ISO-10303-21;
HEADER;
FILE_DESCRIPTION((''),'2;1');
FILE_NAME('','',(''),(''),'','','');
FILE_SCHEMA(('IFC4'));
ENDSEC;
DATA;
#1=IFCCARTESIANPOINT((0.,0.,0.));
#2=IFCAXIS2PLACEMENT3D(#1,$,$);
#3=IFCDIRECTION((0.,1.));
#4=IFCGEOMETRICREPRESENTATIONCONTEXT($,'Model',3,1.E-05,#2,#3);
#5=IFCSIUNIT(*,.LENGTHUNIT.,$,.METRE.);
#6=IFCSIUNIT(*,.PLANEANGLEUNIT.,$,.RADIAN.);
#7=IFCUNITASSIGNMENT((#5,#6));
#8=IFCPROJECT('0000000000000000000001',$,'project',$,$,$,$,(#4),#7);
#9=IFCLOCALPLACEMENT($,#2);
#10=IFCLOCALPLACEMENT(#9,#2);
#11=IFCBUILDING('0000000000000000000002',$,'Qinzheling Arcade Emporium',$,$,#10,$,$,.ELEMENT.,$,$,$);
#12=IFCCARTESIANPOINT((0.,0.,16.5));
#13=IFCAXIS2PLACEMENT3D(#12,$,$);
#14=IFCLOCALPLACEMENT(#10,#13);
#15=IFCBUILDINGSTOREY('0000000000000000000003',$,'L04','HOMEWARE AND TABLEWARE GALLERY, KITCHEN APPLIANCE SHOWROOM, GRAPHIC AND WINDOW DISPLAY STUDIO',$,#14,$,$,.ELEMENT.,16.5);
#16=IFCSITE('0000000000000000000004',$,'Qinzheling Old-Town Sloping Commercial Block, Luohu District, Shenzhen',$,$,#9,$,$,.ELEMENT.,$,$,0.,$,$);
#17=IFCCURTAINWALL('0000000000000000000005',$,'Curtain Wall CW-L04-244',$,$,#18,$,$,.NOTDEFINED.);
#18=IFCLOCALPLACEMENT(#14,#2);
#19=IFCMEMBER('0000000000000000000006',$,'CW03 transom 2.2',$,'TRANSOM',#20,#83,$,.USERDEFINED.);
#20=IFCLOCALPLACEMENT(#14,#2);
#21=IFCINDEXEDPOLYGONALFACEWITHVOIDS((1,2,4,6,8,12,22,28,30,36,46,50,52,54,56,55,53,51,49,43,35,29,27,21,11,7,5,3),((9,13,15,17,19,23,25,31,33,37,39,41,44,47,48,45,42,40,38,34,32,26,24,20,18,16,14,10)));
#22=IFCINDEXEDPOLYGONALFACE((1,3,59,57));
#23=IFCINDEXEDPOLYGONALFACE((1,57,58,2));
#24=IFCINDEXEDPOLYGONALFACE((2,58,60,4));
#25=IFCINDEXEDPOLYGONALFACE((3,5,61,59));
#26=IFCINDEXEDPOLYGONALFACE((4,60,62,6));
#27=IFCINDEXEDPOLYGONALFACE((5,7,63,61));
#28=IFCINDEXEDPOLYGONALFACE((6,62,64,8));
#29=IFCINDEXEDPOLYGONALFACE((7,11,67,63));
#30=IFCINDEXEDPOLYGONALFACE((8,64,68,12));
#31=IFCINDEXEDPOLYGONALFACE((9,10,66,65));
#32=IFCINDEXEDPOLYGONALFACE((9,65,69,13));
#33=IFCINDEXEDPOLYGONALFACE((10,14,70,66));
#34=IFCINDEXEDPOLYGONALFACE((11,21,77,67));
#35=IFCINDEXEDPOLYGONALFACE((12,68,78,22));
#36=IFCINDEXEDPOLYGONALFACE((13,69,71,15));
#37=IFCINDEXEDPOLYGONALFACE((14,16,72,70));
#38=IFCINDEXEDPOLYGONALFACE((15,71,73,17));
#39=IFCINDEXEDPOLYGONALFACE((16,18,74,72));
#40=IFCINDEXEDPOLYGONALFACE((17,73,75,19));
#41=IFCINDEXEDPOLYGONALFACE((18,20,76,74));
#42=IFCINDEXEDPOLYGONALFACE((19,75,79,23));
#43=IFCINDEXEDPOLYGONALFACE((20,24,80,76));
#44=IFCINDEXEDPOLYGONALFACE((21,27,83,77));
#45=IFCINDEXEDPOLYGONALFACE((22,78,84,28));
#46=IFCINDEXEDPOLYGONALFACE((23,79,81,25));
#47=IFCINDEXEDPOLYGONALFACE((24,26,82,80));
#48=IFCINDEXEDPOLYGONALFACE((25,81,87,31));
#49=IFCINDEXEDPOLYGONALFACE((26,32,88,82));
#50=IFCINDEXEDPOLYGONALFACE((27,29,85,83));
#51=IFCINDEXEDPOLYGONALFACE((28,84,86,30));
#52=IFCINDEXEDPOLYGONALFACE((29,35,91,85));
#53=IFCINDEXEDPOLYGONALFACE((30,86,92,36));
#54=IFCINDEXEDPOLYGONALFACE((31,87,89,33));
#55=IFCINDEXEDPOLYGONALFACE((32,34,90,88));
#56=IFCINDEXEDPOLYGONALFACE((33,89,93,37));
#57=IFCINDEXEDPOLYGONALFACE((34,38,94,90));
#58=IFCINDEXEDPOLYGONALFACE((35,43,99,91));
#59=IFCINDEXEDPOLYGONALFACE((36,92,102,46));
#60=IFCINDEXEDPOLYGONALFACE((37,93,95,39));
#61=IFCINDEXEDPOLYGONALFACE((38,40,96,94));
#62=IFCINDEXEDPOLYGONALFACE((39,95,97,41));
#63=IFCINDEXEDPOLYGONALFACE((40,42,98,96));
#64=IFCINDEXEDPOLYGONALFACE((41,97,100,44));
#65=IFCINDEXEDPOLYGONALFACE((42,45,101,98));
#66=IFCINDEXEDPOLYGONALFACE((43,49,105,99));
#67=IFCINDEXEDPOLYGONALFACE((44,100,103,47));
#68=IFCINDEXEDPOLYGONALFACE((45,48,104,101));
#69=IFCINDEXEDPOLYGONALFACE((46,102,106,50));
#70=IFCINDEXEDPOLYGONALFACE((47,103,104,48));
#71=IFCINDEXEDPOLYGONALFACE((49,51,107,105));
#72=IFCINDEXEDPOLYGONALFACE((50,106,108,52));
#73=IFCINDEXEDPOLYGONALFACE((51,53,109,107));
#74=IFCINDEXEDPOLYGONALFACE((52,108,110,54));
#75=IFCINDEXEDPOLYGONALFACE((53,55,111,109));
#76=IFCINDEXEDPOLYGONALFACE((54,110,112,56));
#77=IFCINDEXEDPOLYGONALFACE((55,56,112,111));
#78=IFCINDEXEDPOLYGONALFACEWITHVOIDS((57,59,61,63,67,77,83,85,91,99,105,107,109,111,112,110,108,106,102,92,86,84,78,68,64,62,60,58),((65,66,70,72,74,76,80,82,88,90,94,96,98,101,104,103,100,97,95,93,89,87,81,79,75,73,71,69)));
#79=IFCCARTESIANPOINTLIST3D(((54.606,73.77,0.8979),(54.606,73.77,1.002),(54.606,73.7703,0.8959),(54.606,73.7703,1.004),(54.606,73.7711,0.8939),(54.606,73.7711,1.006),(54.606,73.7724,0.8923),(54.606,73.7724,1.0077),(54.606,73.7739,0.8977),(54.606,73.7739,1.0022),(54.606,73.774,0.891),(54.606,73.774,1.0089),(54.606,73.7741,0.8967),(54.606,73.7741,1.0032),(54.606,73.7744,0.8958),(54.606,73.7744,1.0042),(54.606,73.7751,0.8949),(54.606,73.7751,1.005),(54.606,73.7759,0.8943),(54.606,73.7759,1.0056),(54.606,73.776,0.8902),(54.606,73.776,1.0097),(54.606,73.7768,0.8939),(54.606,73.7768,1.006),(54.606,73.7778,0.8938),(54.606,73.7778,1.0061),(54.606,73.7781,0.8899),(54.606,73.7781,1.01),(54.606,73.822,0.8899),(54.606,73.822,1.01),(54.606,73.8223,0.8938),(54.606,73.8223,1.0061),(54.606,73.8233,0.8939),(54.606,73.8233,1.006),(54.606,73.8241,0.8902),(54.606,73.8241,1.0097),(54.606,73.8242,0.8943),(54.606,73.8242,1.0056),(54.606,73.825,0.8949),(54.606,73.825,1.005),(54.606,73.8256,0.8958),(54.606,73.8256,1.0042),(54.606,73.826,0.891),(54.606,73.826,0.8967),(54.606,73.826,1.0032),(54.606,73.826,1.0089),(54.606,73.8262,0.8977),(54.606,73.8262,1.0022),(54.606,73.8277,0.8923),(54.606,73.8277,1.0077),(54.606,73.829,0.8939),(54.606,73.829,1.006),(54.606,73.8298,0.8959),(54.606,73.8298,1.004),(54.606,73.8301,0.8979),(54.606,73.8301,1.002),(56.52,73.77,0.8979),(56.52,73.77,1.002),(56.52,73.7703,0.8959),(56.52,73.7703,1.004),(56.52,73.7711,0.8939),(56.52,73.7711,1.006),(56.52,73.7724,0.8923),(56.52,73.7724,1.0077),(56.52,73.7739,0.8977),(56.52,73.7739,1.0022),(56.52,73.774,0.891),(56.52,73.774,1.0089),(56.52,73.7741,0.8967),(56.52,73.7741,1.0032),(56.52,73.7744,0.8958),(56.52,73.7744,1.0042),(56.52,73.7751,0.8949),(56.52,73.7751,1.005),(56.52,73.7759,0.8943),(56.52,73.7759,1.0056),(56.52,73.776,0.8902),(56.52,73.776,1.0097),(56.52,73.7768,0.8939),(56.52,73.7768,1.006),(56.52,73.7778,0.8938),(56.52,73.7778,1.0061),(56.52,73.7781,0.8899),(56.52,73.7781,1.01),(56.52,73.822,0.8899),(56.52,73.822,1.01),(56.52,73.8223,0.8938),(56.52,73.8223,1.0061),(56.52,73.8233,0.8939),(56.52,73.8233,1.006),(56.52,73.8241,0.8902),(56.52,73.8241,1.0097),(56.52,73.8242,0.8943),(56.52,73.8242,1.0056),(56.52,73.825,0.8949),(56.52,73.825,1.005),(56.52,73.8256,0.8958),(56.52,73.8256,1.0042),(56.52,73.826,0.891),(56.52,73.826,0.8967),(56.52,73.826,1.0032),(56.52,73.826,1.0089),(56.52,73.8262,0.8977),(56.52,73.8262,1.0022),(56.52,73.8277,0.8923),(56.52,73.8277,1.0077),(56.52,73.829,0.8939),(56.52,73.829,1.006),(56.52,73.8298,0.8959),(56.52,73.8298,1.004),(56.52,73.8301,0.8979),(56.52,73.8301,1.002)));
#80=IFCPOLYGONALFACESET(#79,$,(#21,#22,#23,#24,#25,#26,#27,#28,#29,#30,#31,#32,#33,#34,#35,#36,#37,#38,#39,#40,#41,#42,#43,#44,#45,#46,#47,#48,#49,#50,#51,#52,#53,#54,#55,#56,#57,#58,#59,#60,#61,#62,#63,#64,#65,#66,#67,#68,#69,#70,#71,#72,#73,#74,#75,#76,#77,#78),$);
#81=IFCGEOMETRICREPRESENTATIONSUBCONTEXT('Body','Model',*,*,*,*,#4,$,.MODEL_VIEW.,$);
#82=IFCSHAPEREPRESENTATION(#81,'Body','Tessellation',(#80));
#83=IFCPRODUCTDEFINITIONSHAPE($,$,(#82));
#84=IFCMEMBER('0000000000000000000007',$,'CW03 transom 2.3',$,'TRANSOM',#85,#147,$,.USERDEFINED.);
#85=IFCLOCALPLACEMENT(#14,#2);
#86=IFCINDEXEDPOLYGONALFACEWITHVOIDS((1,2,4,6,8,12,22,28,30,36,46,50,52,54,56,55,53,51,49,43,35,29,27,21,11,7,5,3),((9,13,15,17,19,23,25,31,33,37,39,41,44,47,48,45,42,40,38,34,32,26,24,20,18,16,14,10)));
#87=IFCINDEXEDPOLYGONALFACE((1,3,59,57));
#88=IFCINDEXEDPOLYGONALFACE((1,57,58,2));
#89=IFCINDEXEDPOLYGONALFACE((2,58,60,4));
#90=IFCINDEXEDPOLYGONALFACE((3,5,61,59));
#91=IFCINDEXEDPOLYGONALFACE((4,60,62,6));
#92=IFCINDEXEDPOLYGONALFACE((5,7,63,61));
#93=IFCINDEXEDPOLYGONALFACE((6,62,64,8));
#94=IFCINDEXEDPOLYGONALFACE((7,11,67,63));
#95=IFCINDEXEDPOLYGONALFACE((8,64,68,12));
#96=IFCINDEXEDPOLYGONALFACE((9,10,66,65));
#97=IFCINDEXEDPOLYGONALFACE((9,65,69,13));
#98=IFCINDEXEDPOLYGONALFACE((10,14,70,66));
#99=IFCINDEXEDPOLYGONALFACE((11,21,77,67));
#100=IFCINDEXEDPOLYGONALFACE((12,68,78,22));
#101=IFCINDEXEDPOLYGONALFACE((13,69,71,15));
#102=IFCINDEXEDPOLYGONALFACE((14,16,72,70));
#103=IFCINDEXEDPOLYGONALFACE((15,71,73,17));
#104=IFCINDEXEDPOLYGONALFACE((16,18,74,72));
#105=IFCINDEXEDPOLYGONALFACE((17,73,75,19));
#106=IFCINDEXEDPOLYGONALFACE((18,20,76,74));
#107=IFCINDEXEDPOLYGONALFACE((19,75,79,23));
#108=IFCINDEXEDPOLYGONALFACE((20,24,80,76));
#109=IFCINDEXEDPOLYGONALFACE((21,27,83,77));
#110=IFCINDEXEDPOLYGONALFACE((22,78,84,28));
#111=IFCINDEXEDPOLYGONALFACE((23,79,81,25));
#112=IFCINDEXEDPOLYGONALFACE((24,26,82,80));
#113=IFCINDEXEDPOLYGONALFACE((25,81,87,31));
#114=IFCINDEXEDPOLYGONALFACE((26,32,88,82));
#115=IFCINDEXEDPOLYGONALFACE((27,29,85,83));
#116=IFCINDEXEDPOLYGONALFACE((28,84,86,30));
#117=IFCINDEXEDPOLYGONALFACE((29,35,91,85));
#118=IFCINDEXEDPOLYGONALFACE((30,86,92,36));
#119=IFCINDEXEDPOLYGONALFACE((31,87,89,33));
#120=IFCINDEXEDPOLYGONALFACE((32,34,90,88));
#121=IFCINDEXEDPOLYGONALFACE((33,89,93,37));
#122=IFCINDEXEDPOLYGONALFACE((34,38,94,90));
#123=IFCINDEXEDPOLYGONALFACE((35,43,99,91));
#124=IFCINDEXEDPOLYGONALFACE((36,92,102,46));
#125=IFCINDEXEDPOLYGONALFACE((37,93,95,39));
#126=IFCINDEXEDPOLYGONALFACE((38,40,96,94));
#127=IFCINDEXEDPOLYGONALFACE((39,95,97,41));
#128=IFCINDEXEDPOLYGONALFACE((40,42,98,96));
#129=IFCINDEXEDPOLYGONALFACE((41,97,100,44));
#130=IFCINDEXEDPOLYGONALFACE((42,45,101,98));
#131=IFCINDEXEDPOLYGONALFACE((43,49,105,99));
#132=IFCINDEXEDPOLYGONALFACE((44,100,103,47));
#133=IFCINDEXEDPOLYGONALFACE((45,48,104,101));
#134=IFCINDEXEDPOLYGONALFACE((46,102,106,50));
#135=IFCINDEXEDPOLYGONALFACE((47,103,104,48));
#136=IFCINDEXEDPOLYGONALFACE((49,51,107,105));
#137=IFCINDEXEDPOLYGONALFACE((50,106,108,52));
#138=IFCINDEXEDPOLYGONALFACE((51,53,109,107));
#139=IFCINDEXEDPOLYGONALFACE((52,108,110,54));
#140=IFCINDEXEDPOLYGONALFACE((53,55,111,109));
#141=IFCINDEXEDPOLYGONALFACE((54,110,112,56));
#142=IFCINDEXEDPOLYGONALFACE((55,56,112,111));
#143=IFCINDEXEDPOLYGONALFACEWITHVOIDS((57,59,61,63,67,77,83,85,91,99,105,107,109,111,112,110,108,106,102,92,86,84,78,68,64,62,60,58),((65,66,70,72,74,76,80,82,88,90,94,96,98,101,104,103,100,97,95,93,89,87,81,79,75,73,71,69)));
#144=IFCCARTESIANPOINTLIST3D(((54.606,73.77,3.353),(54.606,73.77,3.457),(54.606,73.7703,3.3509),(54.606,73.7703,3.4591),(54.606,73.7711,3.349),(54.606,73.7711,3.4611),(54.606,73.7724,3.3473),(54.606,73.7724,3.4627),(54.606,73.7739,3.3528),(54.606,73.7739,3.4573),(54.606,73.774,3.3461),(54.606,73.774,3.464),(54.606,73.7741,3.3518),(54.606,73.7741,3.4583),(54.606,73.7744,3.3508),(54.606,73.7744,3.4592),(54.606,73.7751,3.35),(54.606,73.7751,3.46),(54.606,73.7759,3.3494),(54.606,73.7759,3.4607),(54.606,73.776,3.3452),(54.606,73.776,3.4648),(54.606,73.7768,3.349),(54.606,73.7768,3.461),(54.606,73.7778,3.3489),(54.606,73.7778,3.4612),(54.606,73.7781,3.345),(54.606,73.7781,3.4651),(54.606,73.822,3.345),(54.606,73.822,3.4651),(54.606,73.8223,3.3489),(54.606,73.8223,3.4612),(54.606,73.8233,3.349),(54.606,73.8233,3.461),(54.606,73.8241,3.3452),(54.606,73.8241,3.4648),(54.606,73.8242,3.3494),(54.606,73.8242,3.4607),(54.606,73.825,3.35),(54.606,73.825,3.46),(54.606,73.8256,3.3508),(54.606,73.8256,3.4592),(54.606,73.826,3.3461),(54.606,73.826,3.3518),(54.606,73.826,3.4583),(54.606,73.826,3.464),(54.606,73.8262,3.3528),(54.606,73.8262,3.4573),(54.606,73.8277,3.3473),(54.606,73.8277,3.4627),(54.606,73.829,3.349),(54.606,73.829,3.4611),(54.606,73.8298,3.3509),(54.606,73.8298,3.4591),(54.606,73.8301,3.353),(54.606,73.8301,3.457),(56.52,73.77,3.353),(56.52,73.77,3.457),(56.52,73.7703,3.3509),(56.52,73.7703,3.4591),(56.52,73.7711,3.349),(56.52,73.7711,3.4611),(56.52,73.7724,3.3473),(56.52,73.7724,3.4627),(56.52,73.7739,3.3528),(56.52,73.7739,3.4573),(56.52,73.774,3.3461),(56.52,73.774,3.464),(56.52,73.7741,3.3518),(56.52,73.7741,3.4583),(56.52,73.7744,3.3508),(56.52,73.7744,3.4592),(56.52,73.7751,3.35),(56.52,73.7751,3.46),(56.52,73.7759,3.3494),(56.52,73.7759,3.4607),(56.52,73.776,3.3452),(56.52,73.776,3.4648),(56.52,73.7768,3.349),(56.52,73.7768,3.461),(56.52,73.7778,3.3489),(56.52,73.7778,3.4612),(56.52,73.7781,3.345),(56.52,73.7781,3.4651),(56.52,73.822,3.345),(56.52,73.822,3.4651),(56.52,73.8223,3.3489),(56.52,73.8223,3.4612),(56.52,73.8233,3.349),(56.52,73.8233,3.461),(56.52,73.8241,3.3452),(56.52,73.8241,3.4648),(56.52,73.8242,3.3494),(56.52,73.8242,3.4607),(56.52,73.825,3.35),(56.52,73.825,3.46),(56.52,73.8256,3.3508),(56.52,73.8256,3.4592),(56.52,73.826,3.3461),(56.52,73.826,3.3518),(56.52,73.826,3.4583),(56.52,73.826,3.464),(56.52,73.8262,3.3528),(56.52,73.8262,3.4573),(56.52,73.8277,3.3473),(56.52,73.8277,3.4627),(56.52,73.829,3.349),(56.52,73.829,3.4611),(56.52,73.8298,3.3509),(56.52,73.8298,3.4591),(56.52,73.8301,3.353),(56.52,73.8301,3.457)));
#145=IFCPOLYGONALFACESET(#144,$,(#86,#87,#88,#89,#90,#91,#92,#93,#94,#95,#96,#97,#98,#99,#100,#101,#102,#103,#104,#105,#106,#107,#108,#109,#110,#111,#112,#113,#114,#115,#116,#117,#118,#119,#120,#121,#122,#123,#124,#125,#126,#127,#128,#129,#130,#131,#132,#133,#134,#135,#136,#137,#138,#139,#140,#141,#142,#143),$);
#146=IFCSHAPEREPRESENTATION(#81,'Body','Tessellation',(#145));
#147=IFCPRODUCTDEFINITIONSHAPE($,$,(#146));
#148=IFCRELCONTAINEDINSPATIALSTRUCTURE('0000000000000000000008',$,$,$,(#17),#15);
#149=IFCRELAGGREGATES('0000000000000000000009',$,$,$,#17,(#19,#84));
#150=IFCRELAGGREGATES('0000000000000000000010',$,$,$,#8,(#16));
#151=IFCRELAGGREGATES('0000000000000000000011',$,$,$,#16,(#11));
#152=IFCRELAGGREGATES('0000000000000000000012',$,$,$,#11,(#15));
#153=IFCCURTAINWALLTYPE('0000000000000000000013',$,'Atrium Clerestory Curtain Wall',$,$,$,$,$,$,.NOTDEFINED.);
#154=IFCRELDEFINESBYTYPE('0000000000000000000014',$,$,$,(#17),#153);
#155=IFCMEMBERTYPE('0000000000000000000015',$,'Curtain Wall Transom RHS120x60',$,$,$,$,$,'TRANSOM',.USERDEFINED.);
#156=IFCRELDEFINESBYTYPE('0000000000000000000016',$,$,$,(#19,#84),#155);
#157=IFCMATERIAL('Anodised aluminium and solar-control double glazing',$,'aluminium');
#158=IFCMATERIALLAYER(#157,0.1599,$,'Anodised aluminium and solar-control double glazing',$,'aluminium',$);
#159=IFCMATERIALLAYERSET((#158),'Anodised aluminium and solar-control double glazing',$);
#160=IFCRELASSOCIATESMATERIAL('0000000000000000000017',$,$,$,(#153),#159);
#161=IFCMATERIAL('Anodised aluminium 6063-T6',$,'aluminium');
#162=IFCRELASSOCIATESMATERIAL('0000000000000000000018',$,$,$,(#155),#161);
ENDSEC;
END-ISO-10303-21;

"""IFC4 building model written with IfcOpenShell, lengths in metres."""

from ifc_helpers import new_model, si_unit, direction, frame, origin, origin_2d, place, context, subcontext, project, spatial, hollow_rectangle, extrude, material, layer, layer_set, material_profile, profile_set, type_object, element, aggregate, save


model = new_model("IFC4")

# Units and contexts
model_context = context("Model", 3, precision=1e-05, world=origin(), true_north=direction((0.0, 1.0)))
body_context = subcontext(model_context, "Body", "Model", "MODEL_VIEW")
ifc_project = project(units=[si_unit("LENGTHUNIT", "METRE"), si_unit("PLANEANGLEUNIT", "RADIAN")], contexts=[model_context])

# Site, building, storey
site_placement = place(None, origin())
site = spatial("IfcSite", under=ifc_project, at=site_placement, Name="Qinzheling Old-Town Sloping Commercial Block, Luohu District, Shenzhen", CompositionType="ELEMENT", RefElevation=0.0)
building_placement = place(site_placement, origin())
building = spatial("IfcBuilding", under=site, at=building_placement, Name="Qinzheling Arcade Emporium", CompositionType="ELEMENT")
storey_placement = place(building_placement, frame((0.0, 0.0, 16.5)))
storey = spatial("IfcBuildingStorey", under=building, at=storey_placement, Name="L04", Description="HOMEWARE AND TABLEWARE GALLERY, KITCHEN APPLIANCE SHOWROOM, GRAPHIC AND WINDOW DISPLAY STUDIO", CompositionType="ELEMENT", Elevation=16.5)

# Shared definitions
ifc_material_1 = material(Name="Anodised aluminium and solar-control double glazing", Category="aluminium")
ifc_layer_1 = layer(ifc_material_1, 0.1599, Name="Anodised aluminium and solar-control double glazing", Category="aluminium")
ifc_layer_set_1 = layer_set([ifc_layer_1], Name="Anodised aluminium and solar-control double glazing")
curtain_wall_type = type_object("IfcCurtainWallType", Name="Atrium Clerestory Curtain Wall", PredefinedType="NOTDEFINED", material=ifc_layer_set_1)
ifc_material_2 = material(Name="Anodised aluminium 6063-T6", Category="aluminium")

# Curtain wall, members
curtain_wall_1_placement = place(storey_placement, origin())
curtain_wall_1 = element("IfcCurtainWall", 1, at=curtain_wall_1_placement, inside=storey, type_object=curtain_wall_type, Name="Curtain Wall CW-L04-244", PredefinedType="NOTDEFINED")
ifc_material_profile_1 = material_profile(ifc_material_2, hollow_rectangle(XDim=0.0601, YDim=0.1201, WallThickness=0.0039, InnerFilletRadius=0.0039, OuterFilletRadius=0.0081, at=origin_2d()), Name="RHS 120x60x4", Category="aluminium")
ifc_profile_set_1 = profile_set([ifc_material_profile_1], Name="Anodised aluminium 6063-T6")
member_type_1 = type_object("IfcMemberType", Name="Curtain Wall Transom RHS120x60", ElementType="TRANSOM", PredefinedType="USERDEFINED", material=ifc_profile_set_1)
member_1_placement = place(storey_placement, frame((54.606, 73.8, 0.95), z_axis=(1.0, 0.0, 0.0), x_axis=(0.0, 1.0, 0.0)))
member_1 = element("IfcMember", 2, at=member_1_placement, type_object=member_type_1, Name="CW03 transom 2.2", ObjectType="TRANSOM", PredefinedType="USERDEFINED", context=body_context, shape_type="SweptSolid", body=[
    extrude(hollow_rectangle(XDim=0.0601, YDim=0.1201, WallThickness=0.0039, InnerFilletRadius=0.0039, OuterFilletRadius=0.0081, at=origin_2d()), origin(), (0.0, 0.0, 1.0), 1.9141),
])
member_2_placement = place(storey_placement, frame((54.606, 73.8, 3.405), z_axis=(1.0, 0.0, 0.0), x_axis=(0.0, 1.0, 0.0)))
member_2 = element("IfcMember", 3, at=member_2_placement, type_object=member_type_1, Name="CW03 transom 2.3", ObjectType="TRANSOM", PredefinedType="USERDEFINED", context=body_context, shape_type="SweptSolid", body=[
    extrude(hollow_rectangle(XDim=0.0601, YDim=0.1201, WallThickness=0.0039, InnerFilletRadius=0.0039, OuterFilletRadius=0.0081, at=origin_2d()), origin(), (0.0, 0.0, 1.0), 1.9141),
])

aggregate(curtain_wall_1, [member_1, member_2])

save(model, "model.ifc")
